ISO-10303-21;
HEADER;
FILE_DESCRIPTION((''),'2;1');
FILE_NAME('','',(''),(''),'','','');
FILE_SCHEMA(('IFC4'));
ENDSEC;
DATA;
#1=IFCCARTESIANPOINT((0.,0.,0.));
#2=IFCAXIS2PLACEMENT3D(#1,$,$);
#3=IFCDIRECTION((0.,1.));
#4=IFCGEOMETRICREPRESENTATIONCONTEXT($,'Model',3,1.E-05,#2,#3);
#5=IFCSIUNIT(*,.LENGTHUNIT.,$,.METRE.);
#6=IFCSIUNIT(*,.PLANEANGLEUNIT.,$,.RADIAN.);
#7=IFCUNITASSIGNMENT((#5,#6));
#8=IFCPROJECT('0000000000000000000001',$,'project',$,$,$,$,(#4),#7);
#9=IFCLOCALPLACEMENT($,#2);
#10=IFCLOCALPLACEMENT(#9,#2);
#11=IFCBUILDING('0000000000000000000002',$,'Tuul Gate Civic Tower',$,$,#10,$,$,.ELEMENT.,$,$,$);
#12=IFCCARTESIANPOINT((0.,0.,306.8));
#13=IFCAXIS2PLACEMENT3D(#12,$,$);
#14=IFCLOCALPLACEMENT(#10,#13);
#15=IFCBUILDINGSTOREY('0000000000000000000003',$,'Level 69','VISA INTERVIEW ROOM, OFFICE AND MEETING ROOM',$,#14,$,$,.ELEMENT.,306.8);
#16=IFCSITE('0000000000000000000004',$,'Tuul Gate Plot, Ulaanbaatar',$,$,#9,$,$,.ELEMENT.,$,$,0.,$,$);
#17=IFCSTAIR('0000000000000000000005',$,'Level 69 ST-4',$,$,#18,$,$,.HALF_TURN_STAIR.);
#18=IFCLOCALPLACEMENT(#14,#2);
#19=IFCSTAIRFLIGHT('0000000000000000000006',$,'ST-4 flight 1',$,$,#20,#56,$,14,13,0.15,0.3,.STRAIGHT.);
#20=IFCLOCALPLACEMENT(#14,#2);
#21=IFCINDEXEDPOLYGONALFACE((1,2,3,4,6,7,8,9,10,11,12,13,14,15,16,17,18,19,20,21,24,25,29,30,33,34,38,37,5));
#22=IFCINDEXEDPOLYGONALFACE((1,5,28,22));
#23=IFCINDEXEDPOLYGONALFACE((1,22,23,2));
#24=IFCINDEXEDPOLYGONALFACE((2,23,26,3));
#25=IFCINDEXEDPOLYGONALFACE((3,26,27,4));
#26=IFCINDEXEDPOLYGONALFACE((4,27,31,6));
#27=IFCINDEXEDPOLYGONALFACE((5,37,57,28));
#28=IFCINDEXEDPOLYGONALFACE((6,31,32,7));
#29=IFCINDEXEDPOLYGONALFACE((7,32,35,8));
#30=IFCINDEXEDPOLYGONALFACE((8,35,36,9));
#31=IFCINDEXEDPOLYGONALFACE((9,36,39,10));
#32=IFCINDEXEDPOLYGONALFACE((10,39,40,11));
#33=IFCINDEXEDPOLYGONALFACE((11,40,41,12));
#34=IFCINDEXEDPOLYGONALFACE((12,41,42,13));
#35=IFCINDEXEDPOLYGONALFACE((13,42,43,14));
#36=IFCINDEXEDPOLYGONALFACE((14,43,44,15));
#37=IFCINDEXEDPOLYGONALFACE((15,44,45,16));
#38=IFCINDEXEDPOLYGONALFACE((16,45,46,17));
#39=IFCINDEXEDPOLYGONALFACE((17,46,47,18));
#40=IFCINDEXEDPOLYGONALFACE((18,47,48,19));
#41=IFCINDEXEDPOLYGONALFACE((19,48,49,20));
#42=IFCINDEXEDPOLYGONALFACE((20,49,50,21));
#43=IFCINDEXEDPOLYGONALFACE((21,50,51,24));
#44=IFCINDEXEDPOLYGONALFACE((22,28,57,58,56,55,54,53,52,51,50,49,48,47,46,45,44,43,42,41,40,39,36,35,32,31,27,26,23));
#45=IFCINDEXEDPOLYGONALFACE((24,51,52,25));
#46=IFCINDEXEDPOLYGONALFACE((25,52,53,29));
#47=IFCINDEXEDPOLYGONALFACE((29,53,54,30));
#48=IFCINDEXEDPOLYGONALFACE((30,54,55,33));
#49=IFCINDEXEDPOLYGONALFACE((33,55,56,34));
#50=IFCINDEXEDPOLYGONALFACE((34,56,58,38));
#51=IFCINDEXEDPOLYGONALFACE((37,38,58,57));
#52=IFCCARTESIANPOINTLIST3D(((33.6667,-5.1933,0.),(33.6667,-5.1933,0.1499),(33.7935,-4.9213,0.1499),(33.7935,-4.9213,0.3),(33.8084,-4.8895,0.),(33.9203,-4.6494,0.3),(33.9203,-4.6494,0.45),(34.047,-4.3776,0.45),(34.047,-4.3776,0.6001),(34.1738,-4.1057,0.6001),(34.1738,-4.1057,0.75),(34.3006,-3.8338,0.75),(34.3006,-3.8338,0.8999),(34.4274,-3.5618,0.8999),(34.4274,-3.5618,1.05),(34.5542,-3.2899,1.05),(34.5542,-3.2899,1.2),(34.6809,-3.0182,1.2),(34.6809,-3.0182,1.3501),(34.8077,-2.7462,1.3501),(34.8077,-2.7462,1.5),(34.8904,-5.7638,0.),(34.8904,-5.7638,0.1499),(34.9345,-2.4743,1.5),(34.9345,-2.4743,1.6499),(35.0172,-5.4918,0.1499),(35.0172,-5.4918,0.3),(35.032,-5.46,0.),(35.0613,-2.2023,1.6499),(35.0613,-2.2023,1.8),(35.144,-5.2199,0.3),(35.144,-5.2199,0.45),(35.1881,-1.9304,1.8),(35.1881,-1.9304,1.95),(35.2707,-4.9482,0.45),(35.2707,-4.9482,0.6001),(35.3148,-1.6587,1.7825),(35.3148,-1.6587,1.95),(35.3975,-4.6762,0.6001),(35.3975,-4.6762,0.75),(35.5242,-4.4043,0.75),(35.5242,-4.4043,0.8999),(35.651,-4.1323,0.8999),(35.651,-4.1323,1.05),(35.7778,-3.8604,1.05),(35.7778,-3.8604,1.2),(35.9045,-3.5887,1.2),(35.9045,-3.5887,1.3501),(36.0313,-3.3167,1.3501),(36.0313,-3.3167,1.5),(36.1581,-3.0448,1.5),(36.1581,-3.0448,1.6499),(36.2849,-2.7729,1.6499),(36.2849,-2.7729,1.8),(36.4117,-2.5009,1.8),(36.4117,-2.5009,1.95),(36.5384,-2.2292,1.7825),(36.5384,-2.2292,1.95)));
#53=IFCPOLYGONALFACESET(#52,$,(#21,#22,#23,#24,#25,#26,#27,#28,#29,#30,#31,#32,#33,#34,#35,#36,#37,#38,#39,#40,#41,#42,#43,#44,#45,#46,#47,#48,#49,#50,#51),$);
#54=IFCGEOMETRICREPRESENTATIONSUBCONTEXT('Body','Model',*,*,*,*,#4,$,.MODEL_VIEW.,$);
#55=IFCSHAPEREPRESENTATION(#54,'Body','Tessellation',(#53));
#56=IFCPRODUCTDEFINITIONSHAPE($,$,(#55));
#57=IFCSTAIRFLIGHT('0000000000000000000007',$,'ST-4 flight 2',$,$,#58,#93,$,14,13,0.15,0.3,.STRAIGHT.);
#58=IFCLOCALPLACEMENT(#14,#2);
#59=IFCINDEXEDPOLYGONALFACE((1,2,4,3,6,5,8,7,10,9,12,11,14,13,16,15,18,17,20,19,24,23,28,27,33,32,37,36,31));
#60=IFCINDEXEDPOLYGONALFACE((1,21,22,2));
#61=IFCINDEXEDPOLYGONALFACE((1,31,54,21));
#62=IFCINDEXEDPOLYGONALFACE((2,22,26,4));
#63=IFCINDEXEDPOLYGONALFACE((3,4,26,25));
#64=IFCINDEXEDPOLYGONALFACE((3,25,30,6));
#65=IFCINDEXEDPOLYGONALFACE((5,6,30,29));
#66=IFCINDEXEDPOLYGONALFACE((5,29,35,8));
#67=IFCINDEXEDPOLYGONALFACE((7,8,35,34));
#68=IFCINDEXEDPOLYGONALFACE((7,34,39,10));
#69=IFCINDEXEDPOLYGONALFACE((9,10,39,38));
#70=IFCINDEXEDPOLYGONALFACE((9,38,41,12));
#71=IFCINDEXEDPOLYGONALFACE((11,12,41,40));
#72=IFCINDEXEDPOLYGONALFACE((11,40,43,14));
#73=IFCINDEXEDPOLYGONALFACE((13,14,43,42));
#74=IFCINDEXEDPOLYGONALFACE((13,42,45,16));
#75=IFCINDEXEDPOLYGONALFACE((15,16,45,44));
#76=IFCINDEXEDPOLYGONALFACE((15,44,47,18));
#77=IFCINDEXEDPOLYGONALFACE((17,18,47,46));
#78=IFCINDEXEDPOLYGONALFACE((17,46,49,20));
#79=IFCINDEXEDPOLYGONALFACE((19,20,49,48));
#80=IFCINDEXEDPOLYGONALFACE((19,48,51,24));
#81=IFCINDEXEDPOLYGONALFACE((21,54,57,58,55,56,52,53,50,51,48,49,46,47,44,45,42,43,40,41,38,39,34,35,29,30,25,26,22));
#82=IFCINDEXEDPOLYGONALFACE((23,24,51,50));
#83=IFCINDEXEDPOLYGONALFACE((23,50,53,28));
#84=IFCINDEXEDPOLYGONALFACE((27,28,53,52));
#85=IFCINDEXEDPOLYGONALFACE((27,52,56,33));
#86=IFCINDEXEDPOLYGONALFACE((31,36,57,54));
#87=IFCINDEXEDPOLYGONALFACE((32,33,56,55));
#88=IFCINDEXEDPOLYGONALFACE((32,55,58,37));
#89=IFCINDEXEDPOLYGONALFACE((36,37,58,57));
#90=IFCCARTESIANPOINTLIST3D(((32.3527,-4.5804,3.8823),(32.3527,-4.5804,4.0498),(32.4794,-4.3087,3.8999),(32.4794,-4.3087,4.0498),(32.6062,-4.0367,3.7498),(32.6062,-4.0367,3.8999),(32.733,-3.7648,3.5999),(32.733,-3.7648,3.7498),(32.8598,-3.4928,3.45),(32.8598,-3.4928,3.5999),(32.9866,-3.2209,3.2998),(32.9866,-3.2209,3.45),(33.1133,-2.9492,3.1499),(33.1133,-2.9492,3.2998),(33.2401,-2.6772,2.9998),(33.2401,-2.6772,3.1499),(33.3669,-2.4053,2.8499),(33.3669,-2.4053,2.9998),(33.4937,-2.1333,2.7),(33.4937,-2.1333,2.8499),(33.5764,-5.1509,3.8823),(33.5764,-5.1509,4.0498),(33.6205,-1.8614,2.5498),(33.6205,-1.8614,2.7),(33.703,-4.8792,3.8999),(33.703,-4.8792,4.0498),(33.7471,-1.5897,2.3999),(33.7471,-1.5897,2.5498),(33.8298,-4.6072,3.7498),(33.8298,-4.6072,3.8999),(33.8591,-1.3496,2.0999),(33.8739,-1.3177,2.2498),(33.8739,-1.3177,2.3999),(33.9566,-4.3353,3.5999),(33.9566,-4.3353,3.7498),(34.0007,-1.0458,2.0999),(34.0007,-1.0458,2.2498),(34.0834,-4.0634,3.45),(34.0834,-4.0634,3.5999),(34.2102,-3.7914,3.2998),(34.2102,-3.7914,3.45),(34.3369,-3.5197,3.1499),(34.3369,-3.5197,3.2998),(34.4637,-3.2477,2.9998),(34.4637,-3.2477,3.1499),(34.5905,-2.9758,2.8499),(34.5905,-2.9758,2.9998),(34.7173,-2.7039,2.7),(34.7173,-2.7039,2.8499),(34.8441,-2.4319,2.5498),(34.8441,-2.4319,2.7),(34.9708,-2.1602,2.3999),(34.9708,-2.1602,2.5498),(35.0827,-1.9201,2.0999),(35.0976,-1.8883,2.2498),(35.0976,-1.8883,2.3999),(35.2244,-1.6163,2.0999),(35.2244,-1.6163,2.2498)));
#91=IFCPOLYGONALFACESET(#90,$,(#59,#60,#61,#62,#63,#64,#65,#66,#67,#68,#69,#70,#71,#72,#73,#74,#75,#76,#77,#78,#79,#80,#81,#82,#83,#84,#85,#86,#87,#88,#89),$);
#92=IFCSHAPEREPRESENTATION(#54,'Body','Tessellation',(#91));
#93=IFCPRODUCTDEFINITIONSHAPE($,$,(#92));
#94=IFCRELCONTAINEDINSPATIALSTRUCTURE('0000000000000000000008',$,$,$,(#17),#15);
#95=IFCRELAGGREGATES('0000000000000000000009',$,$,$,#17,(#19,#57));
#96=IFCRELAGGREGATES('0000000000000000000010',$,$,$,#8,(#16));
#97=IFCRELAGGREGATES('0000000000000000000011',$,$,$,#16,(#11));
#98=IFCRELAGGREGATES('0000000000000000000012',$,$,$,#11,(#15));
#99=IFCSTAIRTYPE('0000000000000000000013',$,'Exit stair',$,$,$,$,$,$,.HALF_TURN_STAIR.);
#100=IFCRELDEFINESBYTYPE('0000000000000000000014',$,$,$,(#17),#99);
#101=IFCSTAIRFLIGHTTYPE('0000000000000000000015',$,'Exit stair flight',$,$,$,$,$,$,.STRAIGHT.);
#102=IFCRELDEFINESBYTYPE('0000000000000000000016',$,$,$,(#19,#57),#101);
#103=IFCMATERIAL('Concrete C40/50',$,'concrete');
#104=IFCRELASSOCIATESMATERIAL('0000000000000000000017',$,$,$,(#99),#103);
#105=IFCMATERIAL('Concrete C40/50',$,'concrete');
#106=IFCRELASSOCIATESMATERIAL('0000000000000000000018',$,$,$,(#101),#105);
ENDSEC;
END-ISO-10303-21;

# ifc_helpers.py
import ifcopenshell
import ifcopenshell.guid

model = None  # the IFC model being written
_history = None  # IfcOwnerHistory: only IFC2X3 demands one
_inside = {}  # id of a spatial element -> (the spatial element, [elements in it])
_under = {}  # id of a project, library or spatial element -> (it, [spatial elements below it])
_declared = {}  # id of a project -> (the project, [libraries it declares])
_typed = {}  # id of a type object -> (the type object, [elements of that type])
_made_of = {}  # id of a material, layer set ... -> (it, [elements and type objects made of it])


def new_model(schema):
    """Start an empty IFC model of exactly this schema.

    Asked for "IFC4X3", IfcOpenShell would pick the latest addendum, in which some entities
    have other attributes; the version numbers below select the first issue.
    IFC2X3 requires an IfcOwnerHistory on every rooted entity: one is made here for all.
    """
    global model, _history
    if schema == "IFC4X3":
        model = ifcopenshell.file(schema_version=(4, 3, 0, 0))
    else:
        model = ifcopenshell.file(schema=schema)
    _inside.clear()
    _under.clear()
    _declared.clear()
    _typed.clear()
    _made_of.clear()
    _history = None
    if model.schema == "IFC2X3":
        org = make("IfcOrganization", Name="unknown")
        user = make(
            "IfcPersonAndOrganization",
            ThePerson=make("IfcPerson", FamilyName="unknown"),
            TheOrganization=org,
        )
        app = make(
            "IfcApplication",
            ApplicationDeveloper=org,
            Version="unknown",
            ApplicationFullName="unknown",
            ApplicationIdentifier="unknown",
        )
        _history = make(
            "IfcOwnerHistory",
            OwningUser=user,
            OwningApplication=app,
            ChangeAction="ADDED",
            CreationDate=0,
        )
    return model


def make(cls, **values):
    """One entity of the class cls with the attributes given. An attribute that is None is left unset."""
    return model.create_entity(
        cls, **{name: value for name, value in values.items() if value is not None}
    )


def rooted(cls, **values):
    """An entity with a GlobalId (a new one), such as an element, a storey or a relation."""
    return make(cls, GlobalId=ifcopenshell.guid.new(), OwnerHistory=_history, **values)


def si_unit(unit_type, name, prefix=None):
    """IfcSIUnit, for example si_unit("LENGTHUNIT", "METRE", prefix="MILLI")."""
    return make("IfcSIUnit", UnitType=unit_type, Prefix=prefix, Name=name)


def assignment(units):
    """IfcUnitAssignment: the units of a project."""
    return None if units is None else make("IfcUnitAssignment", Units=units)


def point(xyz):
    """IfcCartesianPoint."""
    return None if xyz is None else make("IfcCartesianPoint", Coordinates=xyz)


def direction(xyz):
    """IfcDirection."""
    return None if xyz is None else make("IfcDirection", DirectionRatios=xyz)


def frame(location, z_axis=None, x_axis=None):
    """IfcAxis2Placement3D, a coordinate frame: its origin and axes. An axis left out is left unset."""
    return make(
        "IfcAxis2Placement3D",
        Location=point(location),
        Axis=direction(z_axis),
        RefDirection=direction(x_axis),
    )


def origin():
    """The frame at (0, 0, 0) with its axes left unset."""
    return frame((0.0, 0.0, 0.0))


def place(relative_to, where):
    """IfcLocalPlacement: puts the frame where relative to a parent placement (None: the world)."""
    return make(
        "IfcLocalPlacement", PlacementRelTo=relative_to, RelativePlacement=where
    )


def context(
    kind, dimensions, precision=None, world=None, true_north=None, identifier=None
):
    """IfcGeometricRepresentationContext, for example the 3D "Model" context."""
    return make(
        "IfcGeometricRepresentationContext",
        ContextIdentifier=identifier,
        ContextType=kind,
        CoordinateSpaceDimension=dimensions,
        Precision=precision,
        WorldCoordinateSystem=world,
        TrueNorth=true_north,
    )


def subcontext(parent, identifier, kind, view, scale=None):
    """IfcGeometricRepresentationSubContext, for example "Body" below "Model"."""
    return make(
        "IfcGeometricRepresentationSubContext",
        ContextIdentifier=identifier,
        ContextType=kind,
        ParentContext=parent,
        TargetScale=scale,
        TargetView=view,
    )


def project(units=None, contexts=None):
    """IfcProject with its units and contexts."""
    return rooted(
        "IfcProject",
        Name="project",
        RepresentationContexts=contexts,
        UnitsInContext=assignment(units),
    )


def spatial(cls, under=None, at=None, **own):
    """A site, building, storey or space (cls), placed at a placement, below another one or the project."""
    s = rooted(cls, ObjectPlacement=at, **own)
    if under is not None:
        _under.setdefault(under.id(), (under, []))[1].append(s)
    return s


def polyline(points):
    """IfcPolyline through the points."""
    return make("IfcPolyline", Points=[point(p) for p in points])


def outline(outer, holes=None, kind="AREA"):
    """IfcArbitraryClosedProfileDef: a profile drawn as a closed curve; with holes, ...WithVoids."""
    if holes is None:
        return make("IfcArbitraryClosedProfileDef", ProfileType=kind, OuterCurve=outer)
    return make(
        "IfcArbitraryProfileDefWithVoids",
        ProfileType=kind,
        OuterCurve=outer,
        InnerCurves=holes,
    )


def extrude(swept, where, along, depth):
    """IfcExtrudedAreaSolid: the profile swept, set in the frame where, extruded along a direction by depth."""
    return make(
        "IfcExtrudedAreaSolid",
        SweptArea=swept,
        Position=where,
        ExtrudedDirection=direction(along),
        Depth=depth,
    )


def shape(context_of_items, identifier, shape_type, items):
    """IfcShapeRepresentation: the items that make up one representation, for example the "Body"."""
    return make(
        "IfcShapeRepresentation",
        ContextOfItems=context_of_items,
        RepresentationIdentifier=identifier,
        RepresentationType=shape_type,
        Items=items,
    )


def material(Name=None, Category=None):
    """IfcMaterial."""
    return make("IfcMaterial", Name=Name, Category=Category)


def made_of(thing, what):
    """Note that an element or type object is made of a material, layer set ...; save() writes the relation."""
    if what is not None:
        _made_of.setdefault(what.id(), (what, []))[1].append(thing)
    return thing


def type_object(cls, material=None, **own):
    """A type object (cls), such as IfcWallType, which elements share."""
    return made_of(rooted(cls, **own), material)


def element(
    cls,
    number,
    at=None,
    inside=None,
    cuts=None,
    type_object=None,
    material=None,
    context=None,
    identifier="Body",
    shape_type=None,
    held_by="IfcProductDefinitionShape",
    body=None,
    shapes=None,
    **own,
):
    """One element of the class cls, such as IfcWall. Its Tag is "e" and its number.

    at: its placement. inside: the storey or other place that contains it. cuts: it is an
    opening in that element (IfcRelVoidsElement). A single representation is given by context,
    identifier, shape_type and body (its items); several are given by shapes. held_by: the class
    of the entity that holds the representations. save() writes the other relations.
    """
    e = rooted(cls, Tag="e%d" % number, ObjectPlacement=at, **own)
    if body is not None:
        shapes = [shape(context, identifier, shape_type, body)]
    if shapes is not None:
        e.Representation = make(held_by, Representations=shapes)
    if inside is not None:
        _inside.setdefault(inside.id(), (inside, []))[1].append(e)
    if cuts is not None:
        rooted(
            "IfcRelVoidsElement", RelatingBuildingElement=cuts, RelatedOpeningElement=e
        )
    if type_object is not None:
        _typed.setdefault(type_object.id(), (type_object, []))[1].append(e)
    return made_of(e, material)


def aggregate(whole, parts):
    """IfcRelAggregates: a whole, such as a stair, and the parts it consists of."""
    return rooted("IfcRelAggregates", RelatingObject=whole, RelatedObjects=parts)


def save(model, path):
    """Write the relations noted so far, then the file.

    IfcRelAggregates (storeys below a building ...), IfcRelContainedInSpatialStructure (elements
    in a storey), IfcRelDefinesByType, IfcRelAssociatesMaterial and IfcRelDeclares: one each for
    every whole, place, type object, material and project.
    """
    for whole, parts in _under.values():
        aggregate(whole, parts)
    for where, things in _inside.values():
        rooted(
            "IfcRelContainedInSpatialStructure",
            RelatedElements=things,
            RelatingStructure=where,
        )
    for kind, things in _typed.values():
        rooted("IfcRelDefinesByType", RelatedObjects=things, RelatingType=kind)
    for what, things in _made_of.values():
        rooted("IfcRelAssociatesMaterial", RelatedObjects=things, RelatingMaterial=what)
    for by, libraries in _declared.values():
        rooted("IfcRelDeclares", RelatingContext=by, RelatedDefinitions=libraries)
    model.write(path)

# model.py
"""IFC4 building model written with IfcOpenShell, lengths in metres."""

from ifc_helpers import new_model, si_unit, direction, frame, origin, place, context, subcontext, project, spatial, polyline, outline, extrude, material, type_object, element, aggregate, save


model = new_model("IFC4")

# Units and contexts
model_context = context("Model", 3, precision=1e-05, world=origin(), true_north=direction((0.0, 1.0)))
body_context = subcontext(model_context, "Body", "Model", "MODEL_VIEW")
ifc_project = project(units=[si_unit("LENGTHUNIT", "METRE"), si_unit("PLANEANGLEUNIT", "RADIAN")], contexts=[model_context])

# Site, building, storey
site_placement = place(None, origin())
site = spatial("IfcSite", under=ifc_project, at=site_placement, Name="Tuul Gate Plot, Ulaanbaatar", CompositionType="ELEMENT", RefElevation=0.0)
building_placement = place(site_placement, origin())
building = spatial("IfcBuilding", under=site, at=building_placement, Name="Tuul Gate Civic Tower", CompositionType="ELEMENT")
storey_placement = place(building_placement, frame((0.0, 0.0, 306.8)))
storey = spatial("IfcBuildingStorey", under=building, at=storey_placement, Name="Level 69", Description="VISA INTERVIEW ROOM, OFFICE AND MEETING ROOM", CompositionType="ELEMENT", Elevation=306.8)

# Stair, stair flights
ifc_material_1 = material(Name="Concrete C40/50", Category="concrete")
stair_type = type_object("IfcStairType", Name="Exit stair", PredefinedType="HALF_TURN_STAIR", material=ifc_material_1)
stair_placement = place(storey_placement, origin())
stair = element("IfcStair", 1, at=stair_placement, inside=storey, type_object=stair_type, Name="Level 69 ST-4", PredefinedType="HALF_TURN_STAIR")
ifc_material_2 = material(Name="Concrete C40/50", Category="concrete")
stair_flight_type = type_object("IfcStairFlightType", Name="Exit stair flight", PredefinedType="STRAIGHT", material=ifc_material_2)
stair_flight_1_placement = place(storey_placement, frame((34.2786, -5.4785, 0.0), z_axis=(0.0, 0.0, 1.0), x_axis=(0.422576, 0.906327, 0.0)))
stair_flight_1 = element("IfcStairFlight", 2, at=stair_flight_1_placement, type_object=stair_flight_type, Name="ST-4 flight 1", NumberOfRisers=14, NumberOfTreads=13, PredefinedType="STRAIGHT", RiserHeight=0.15, TreadLength=0.3, context=body_context, shape_type="SweptSolid", body=[
    extrude(outline(polyline([(0.0, 0.0), (0.0, 0.1499), (0.3, 0.1499), (0.3, 0.3), (0.6001, 0.3), (0.6001, 0.45), (0.8999, 0.45), (0.8999, 0.6001), (1.2, 0.6001), (1.2, 0.75), (1.5, 0.75), (1.5, 0.8999), (1.8, 0.8999), (1.8, 1.05), (2.1001, 1.05), (2.1001, 1.2), (2.3999, 1.2), (2.3999, 1.3501), (2.7, 1.3501), (2.7, 1.5), (3.0, 1.5), (3.0, 1.6499), (3.3, 1.6499), (3.3, 1.8), (3.6001, 1.8), (3.6001, 1.95), (3.8999, 1.95), (3.8999, 2.1001), (3.8999, 1.7825), (0.3352, 0.0), (0.0, 0.0)])), frame((0.0, 0.675, 0.0), z_axis=(0.0, -1.0, 0.0), x_axis=(1.0, 0.0, 0.0)), (0.0, 0.0, 1.0), 1.3501),
])
stair_flight_2_placement = place(storey_placement, frame((34.6125, -1.3311, 2.0999), z_axis=(0.0, 0.0, 1.0), x_axis=(-0.422576, -0.906327, 0.0)))
stair_flight_2 = element("IfcStairFlight", 3, at=stair_flight_2_placement, type_object=stair_flight_type, Name="ST-4 flight 2", NumberOfRisers=14, NumberOfTreads=13, PredefinedType="STRAIGHT", RiserHeight=0.15, TreadLength=0.3, context=body_context, shape_type="SweptSolid", body=[
    extrude(outline(polyline([(0.0, 0.0), (0.0, 0.1499), (0.3, 0.1499), (0.3, 0.3), (0.6001, 0.3), (0.6001, 0.45), (0.8999, 0.45), (0.8999, 0.6001), (1.2, 0.6001), (1.2, 0.75), (1.5, 0.75), (1.5, 0.8999), (1.8, 0.8999), (1.8, 1.05), (2.1001, 1.05), (2.1001, 1.2), (2.3999, 1.2), (2.3999, 1.3501), (2.7, 1.3501), (2.7, 1.5), (3.0, 1.5), (3.0, 1.6499), (3.3, 1.6499), (3.3, 1.8), (3.6001, 1.8), (3.6001, 1.95), (3.8999, 1.95), (3.8999, 2.1001), (3.8999, 1.7825), (0.3352, 0.0), (0.0, 0.0)])), frame((0.0, 0.675, 0.0), z_axis=(0.0, -1.0, 0.0), x_axis=(1.0, 0.0, 0.0)), (0.0, 0.0, 1.0), 1.3501),
])
aggregate(stair, [stair_flight_1, stair_flight_2])

save(model, "model.ifc")
